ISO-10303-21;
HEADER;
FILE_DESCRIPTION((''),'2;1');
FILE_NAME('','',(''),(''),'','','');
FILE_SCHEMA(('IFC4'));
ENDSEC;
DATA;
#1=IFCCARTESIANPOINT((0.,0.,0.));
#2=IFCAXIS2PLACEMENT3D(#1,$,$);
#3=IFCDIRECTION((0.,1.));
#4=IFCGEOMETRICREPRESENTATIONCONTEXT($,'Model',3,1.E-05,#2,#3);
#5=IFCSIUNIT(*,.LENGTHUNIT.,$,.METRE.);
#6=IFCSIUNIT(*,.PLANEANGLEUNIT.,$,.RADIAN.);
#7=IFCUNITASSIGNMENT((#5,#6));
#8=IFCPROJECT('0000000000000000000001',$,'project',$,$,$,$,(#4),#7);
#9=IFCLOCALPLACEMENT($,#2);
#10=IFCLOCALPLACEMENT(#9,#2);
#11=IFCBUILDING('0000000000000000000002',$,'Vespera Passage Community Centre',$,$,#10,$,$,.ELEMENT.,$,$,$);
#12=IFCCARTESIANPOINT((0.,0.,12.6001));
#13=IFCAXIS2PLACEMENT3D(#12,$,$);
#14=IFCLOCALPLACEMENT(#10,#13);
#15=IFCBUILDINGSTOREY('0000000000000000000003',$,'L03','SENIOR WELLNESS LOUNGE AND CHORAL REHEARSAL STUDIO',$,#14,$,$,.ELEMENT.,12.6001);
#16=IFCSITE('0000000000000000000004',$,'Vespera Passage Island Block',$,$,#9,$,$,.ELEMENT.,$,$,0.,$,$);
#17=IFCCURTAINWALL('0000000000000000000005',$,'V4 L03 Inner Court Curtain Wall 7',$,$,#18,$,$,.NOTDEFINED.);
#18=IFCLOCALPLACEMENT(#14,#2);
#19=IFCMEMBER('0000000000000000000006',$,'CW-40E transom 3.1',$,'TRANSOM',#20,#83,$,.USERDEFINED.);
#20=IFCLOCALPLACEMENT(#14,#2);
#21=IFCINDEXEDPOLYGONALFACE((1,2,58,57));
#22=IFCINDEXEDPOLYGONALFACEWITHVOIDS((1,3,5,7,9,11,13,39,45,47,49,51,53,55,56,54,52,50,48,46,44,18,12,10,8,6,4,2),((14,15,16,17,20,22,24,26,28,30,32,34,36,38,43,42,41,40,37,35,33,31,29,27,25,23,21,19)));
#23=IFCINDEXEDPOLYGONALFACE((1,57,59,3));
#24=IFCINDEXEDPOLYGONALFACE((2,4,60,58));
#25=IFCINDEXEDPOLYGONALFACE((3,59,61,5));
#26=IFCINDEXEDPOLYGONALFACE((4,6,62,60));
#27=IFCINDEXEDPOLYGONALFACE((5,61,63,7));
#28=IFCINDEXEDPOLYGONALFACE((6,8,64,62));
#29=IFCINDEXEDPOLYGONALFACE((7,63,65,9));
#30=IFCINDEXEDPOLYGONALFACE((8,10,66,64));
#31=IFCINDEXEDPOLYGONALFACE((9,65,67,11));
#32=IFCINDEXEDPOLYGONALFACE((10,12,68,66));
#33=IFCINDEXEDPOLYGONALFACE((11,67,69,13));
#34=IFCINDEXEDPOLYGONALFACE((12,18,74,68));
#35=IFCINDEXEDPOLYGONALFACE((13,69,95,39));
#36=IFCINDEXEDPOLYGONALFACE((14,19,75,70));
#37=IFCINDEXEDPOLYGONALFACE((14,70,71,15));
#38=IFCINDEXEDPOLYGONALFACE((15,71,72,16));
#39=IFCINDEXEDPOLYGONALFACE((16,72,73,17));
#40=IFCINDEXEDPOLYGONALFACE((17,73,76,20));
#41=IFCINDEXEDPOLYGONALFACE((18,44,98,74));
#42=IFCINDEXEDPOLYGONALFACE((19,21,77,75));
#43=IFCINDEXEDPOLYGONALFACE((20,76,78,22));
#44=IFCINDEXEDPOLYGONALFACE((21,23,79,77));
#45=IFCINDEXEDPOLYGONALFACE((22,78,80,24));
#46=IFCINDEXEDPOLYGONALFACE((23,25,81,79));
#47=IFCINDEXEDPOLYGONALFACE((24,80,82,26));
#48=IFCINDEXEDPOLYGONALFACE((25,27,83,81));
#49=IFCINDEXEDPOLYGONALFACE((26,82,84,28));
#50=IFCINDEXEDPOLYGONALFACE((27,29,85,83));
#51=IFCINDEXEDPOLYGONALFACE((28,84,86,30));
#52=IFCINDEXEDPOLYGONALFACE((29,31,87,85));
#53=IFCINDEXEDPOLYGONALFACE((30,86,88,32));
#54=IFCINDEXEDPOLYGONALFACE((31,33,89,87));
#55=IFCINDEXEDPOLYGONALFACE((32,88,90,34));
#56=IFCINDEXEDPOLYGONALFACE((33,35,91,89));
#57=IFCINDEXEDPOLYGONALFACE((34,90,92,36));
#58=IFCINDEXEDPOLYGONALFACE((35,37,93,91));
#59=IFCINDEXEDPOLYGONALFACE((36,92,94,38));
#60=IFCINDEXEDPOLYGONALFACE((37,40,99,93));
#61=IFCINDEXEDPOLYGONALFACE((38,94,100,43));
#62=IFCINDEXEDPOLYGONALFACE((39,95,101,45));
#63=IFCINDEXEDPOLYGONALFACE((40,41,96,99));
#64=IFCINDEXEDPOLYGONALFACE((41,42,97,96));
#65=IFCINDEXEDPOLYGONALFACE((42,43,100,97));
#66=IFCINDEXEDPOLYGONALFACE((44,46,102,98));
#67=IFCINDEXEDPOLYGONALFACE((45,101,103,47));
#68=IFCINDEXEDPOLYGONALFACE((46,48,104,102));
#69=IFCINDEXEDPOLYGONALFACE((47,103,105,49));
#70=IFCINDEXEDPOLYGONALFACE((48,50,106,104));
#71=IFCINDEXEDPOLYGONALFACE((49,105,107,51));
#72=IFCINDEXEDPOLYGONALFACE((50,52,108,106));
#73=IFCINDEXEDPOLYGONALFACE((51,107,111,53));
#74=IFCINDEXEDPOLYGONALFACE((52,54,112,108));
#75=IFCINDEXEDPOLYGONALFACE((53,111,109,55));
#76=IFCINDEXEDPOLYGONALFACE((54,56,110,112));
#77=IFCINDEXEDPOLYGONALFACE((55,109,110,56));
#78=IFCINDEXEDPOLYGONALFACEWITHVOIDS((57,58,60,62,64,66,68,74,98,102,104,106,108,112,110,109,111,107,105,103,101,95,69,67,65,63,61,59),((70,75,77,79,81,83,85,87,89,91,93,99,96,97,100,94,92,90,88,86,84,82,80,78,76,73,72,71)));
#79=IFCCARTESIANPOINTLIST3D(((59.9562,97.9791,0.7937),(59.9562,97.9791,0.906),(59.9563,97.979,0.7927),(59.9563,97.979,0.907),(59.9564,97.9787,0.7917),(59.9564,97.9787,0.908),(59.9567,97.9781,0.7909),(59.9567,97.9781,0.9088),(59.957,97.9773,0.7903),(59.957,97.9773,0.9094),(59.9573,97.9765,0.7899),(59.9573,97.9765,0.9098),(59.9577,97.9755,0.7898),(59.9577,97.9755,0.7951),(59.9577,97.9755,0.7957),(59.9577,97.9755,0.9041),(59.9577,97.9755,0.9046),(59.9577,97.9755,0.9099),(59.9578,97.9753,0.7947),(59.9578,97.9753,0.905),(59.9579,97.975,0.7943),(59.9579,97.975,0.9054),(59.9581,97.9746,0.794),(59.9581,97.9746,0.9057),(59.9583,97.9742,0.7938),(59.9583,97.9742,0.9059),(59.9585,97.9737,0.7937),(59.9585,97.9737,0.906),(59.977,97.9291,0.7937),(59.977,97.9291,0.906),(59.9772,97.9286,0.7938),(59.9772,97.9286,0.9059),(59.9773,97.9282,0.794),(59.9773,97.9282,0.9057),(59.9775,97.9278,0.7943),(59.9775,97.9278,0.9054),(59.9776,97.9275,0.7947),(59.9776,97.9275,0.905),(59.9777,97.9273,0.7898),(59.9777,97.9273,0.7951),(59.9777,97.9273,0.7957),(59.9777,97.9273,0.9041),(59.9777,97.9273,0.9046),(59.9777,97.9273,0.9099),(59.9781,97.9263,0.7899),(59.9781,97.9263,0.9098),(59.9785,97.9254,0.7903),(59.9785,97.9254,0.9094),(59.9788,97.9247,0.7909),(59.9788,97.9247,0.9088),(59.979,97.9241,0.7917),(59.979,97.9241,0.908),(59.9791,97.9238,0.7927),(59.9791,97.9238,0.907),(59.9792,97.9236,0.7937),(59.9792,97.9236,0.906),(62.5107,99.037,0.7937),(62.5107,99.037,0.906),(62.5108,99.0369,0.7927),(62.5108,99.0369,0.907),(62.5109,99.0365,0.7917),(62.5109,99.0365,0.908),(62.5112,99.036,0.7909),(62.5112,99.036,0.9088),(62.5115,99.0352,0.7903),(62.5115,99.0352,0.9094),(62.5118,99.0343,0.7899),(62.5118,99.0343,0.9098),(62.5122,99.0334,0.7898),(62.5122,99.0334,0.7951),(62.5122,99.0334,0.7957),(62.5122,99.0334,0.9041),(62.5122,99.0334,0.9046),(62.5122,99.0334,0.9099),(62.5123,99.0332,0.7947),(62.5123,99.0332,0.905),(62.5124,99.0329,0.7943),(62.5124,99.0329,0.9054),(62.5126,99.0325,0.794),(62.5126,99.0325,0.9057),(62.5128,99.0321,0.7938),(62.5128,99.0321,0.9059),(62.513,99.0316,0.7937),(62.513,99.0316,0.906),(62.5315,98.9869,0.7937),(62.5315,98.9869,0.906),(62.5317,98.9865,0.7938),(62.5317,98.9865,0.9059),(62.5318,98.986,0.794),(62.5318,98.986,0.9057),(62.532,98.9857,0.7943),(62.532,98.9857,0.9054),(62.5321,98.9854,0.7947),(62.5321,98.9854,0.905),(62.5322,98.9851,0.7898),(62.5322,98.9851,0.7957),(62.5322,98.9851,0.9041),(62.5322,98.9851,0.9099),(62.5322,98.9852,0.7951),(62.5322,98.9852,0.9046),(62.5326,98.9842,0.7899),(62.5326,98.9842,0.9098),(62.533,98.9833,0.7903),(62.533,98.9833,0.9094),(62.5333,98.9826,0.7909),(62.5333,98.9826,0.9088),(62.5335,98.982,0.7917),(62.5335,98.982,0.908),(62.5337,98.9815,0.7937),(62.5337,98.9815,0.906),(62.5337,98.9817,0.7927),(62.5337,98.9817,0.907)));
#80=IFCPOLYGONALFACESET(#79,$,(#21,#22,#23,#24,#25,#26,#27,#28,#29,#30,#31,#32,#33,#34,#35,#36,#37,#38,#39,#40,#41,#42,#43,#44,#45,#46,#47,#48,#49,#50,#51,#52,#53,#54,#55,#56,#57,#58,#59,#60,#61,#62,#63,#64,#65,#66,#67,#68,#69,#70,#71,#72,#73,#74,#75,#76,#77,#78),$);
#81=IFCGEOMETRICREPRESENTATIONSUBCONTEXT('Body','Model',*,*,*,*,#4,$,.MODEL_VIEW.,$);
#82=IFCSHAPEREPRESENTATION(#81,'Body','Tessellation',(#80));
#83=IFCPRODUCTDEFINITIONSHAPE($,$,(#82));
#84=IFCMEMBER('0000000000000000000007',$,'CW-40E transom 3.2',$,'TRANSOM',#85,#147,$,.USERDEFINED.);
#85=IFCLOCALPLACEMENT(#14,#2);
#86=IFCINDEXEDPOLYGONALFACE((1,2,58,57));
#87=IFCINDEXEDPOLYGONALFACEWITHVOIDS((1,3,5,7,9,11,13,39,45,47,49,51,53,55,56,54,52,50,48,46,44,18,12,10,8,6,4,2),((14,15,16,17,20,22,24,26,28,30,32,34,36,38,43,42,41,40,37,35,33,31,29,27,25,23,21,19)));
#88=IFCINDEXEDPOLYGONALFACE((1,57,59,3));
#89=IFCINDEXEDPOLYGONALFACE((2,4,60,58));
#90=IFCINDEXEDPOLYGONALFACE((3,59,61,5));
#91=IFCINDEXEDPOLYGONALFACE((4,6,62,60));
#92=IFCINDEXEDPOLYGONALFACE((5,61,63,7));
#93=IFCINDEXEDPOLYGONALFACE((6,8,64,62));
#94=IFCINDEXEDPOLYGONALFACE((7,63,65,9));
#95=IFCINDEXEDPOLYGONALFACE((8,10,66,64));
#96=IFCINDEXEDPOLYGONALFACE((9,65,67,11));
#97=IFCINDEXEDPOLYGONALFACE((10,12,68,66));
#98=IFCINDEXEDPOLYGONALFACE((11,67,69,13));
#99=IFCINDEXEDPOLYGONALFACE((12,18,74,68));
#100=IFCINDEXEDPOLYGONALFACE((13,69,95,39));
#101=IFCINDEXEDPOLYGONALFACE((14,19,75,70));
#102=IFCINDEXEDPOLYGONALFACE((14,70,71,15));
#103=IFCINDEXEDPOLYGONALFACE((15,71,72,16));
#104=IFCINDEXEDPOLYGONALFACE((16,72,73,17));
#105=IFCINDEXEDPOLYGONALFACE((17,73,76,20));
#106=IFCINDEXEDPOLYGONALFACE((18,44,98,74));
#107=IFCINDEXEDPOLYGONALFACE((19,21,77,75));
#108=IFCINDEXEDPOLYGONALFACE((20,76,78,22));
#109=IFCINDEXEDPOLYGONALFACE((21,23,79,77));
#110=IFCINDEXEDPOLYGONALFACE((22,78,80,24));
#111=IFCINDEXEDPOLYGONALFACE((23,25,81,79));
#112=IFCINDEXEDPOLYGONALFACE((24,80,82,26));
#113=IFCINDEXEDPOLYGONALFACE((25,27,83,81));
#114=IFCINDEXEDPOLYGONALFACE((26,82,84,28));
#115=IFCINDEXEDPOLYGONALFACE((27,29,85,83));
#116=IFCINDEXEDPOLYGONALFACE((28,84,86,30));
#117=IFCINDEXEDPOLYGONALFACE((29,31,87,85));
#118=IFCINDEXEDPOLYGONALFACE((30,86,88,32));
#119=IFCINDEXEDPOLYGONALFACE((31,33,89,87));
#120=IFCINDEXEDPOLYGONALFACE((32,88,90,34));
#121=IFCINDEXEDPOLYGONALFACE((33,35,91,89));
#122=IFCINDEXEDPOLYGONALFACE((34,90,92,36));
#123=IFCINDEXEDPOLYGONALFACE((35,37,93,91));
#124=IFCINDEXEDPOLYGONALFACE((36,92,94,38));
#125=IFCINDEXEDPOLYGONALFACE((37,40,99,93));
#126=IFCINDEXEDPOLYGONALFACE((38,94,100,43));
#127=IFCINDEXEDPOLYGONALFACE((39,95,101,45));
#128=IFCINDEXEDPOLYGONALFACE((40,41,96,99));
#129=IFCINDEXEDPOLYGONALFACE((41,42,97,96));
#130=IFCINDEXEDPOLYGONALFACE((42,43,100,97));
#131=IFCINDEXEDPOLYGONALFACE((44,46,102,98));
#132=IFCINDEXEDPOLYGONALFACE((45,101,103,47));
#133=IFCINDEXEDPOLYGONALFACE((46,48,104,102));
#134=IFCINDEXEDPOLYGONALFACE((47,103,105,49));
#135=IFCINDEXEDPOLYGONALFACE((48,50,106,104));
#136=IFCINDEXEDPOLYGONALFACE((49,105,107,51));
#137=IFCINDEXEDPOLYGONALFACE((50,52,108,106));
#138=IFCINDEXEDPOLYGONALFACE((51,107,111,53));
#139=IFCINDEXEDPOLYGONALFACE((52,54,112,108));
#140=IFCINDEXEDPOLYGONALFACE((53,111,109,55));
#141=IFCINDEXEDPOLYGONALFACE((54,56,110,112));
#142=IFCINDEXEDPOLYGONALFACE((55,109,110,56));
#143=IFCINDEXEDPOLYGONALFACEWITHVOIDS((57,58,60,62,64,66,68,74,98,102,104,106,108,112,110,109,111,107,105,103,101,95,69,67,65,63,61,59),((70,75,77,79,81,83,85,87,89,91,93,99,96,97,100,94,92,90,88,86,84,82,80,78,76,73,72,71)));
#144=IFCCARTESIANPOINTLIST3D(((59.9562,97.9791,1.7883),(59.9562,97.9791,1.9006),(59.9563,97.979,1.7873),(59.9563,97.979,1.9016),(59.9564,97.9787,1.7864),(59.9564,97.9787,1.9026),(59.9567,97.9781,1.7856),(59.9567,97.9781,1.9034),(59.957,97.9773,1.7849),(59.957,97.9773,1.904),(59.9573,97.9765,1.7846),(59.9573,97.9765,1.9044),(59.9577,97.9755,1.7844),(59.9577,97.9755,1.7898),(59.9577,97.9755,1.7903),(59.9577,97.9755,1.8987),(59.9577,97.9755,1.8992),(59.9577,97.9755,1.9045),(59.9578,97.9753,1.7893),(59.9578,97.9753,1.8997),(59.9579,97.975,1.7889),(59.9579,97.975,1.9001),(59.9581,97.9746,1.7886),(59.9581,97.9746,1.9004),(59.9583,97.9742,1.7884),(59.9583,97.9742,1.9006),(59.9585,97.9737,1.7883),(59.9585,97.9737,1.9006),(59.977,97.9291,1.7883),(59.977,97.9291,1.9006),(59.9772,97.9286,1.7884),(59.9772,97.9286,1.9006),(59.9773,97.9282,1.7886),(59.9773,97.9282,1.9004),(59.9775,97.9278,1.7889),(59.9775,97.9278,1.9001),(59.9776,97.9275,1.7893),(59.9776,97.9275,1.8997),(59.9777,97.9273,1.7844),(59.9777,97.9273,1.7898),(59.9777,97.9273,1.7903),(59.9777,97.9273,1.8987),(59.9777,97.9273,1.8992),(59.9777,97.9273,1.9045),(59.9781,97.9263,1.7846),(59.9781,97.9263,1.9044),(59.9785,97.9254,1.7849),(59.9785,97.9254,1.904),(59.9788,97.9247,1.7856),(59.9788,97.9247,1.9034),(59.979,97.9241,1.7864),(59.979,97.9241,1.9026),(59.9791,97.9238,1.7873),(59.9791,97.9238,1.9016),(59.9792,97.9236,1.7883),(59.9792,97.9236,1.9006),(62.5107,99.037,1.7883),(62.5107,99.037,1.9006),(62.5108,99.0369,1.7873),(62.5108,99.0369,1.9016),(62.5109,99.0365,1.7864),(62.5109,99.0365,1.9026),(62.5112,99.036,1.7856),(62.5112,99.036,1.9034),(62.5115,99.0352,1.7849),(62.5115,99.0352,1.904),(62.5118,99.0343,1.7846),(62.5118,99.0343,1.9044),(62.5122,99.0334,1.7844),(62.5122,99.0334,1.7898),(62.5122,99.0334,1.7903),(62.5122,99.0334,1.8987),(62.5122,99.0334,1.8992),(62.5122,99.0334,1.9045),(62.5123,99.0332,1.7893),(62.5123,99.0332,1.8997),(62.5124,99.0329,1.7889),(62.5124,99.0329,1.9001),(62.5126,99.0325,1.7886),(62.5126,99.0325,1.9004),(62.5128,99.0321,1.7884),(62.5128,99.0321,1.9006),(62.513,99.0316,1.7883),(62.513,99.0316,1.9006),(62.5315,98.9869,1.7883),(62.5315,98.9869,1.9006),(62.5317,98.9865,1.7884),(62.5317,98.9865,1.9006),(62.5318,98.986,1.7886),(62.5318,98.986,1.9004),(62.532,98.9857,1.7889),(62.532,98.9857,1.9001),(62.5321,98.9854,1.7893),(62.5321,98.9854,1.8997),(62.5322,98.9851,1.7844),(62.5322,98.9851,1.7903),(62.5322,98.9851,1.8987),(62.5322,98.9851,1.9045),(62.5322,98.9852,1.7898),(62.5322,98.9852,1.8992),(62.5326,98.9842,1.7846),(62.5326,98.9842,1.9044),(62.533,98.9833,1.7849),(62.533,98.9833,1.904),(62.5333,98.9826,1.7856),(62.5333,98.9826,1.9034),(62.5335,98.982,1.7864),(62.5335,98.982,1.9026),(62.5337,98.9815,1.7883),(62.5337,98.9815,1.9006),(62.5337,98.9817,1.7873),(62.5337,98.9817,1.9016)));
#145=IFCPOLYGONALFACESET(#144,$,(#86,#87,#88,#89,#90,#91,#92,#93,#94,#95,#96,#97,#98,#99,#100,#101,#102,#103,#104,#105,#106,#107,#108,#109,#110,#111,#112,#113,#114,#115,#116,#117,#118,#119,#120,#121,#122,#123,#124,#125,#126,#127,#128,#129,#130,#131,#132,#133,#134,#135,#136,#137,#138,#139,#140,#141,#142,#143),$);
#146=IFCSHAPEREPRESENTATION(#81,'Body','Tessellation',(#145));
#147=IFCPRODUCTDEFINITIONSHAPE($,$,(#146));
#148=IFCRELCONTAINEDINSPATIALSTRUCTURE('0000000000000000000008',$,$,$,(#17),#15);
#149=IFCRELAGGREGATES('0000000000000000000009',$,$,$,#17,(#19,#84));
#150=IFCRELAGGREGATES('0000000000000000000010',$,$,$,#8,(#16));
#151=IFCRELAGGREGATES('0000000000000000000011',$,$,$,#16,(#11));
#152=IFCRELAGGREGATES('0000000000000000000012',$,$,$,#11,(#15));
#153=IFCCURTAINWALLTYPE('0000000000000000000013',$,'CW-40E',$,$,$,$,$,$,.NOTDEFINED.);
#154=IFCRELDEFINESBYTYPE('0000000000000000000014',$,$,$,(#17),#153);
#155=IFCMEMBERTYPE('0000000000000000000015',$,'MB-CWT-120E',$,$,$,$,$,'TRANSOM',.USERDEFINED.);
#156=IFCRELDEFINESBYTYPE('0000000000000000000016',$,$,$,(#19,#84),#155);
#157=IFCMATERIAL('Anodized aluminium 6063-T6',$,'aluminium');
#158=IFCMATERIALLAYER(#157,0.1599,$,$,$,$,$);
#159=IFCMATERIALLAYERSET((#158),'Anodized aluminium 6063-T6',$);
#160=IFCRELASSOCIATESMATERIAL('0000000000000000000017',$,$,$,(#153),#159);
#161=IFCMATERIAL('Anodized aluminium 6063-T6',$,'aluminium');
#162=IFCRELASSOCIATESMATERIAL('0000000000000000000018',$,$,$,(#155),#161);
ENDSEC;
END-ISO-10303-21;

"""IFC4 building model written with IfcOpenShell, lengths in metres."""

from ifc_helpers import new_model, si_unit, direction, frame, origin, origin_2d, place, context, subcontext, project, spatial, hollow_rectangle, extrude, material, layer, layer_set, material_profile, profile_set, type_object, element, aggregate, save


model = new_model("IFC4")

# Units and contexts
model_context = context("Model", 3, precision=1e-05, world=origin(), true_north=direction((0.0, 1.0)))
body_context = subcontext(model_context, "Body", "Model", "MODEL_VIEW")
ifc_project = project(units=[si_unit("LENGTHUNIT", "METRE"), si_unit("PLANEANGLEUNIT", "RADIAN")], contexts=[model_context])

# Site, building, storey
site_placement = place(None, origin())
site = spatial("IfcSite", under=ifc_project, at=site_placement, Name="Vespera Passage Island Block", CompositionType="ELEMENT", RefElevation=0.0)
building_placement = place(site_placement, origin())
building = spatial("IfcBuilding", under=site, at=building_placement, Name="Vespera Passage Community Centre", CompositionType="ELEMENT")
storey_placement = place(building_placement, frame((0.0, 0.0, 12.6001)))
storey = spatial("IfcBuildingStorey", under=building, at=storey_placement, Name="L03", Description="SENIOR WELLNESS LOUNGE AND CHORAL REHEARSAL STUDIO", CompositionType="ELEMENT", Elevation=12.6001)

# Curtain wall
ifc_material_1 = material(Name="Anodized aluminium 6063-T6", Category="aluminium")
ifc_layer_1 = layer(ifc_material_1, 0.1599)
ifc_layer_set_1 = layer_set([ifc_layer_1], Name="Anodized aluminium 6063-T6")
curtain_wall_type_1 = type_object("IfcCurtainWallType", Name="CW-40E", PredefinedType="NOTDEFINED", material=ifc_layer_set_1)
curtain_wall_1_placement = place(storey_placement, origin())
curtain_wall_1 = element("IfcCurtainWall", 1, at=curtain_wall_1_placement, inside=storey, type_object=curtain_wall_type_1, Name="V4 L03 Inner Court Curtain Wall 7", PredefinedType="NOTDEFINED")

# Members
ifc_material_2 = material(Name="Anodized aluminium 6063-T6", Category="aluminium")
ifc_material_profile_1 = material_profile(ifc_material_2, hollow_rectangle(XDim=0.0601, YDim=0.1201, WallThickness=0.0039, InnerFilletRadius=0.002, OuterFilletRadius=0.0039, at=origin_2d()), Name="ALU120X60X4")
ifc_profile_set_1 = profile_set([ifc_material_profile_1], Name="Anodized aluminium 6063-T6")
member_type_1 = type_object("IfcMemberType", Name="MB-CWT-120E", ElementType="TRANSOM", PredefinedType="USERDEFINED", material=ifc_profile_set_1)
member_1_placement = place(storey_placement, frame((62.5222, 99.0093, 0.8499), z_axis=(-0.923908, -0.382614, 0.0), x_axis=(0.382614, -0.923908, 0.0)))
member_1 = element("IfcMember", 2, at=member_1_placement, type_object=member_type_1, Name="CW-40E transom 3.1", ObjectType="TRANSOM", PredefinedType="USERDEFINED", context=body_context, shape_type="SweptSolid", body=[
    extrude(hollow_rectangle(XDim=0.0601, YDim=0.1201, WallThickness=0.0039, InnerFilletRadius=0.002, OuterFilletRadius=0.0039, at=origin_2d()), origin(), (0.0, 0.0, 1.0), 2.7649),
])
member_2_placement = place(storey_placement, frame((62.5222, 99.0093, 1.8445), z_axis=(-0.923908, -0.382614, 0.0), x_axis=(0.382614, -0.923908, 0.0)))
member_2 = element("IfcMember", 3, at=member_2_placement, type_object=member_type_1, Name="CW-40E transom 3.2", ObjectType="TRANSOM", PredefinedType="USERDEFINED", context=body_context, shape_type="SweptSolid", body=[
    extrude(hollow_rectangle(XDim=0.0601, YDim=0.1201, WallThickness=0.0039, InnerFilletRadius=0.002, OuterFilletRadius=0.0039, at=origin_2d()), origin(), (0.0, 0.0, 1.0), 2.7649),
])

aggregate(curtain_wall_1, [member_1, member_2])

save(model, "model.ifc")
